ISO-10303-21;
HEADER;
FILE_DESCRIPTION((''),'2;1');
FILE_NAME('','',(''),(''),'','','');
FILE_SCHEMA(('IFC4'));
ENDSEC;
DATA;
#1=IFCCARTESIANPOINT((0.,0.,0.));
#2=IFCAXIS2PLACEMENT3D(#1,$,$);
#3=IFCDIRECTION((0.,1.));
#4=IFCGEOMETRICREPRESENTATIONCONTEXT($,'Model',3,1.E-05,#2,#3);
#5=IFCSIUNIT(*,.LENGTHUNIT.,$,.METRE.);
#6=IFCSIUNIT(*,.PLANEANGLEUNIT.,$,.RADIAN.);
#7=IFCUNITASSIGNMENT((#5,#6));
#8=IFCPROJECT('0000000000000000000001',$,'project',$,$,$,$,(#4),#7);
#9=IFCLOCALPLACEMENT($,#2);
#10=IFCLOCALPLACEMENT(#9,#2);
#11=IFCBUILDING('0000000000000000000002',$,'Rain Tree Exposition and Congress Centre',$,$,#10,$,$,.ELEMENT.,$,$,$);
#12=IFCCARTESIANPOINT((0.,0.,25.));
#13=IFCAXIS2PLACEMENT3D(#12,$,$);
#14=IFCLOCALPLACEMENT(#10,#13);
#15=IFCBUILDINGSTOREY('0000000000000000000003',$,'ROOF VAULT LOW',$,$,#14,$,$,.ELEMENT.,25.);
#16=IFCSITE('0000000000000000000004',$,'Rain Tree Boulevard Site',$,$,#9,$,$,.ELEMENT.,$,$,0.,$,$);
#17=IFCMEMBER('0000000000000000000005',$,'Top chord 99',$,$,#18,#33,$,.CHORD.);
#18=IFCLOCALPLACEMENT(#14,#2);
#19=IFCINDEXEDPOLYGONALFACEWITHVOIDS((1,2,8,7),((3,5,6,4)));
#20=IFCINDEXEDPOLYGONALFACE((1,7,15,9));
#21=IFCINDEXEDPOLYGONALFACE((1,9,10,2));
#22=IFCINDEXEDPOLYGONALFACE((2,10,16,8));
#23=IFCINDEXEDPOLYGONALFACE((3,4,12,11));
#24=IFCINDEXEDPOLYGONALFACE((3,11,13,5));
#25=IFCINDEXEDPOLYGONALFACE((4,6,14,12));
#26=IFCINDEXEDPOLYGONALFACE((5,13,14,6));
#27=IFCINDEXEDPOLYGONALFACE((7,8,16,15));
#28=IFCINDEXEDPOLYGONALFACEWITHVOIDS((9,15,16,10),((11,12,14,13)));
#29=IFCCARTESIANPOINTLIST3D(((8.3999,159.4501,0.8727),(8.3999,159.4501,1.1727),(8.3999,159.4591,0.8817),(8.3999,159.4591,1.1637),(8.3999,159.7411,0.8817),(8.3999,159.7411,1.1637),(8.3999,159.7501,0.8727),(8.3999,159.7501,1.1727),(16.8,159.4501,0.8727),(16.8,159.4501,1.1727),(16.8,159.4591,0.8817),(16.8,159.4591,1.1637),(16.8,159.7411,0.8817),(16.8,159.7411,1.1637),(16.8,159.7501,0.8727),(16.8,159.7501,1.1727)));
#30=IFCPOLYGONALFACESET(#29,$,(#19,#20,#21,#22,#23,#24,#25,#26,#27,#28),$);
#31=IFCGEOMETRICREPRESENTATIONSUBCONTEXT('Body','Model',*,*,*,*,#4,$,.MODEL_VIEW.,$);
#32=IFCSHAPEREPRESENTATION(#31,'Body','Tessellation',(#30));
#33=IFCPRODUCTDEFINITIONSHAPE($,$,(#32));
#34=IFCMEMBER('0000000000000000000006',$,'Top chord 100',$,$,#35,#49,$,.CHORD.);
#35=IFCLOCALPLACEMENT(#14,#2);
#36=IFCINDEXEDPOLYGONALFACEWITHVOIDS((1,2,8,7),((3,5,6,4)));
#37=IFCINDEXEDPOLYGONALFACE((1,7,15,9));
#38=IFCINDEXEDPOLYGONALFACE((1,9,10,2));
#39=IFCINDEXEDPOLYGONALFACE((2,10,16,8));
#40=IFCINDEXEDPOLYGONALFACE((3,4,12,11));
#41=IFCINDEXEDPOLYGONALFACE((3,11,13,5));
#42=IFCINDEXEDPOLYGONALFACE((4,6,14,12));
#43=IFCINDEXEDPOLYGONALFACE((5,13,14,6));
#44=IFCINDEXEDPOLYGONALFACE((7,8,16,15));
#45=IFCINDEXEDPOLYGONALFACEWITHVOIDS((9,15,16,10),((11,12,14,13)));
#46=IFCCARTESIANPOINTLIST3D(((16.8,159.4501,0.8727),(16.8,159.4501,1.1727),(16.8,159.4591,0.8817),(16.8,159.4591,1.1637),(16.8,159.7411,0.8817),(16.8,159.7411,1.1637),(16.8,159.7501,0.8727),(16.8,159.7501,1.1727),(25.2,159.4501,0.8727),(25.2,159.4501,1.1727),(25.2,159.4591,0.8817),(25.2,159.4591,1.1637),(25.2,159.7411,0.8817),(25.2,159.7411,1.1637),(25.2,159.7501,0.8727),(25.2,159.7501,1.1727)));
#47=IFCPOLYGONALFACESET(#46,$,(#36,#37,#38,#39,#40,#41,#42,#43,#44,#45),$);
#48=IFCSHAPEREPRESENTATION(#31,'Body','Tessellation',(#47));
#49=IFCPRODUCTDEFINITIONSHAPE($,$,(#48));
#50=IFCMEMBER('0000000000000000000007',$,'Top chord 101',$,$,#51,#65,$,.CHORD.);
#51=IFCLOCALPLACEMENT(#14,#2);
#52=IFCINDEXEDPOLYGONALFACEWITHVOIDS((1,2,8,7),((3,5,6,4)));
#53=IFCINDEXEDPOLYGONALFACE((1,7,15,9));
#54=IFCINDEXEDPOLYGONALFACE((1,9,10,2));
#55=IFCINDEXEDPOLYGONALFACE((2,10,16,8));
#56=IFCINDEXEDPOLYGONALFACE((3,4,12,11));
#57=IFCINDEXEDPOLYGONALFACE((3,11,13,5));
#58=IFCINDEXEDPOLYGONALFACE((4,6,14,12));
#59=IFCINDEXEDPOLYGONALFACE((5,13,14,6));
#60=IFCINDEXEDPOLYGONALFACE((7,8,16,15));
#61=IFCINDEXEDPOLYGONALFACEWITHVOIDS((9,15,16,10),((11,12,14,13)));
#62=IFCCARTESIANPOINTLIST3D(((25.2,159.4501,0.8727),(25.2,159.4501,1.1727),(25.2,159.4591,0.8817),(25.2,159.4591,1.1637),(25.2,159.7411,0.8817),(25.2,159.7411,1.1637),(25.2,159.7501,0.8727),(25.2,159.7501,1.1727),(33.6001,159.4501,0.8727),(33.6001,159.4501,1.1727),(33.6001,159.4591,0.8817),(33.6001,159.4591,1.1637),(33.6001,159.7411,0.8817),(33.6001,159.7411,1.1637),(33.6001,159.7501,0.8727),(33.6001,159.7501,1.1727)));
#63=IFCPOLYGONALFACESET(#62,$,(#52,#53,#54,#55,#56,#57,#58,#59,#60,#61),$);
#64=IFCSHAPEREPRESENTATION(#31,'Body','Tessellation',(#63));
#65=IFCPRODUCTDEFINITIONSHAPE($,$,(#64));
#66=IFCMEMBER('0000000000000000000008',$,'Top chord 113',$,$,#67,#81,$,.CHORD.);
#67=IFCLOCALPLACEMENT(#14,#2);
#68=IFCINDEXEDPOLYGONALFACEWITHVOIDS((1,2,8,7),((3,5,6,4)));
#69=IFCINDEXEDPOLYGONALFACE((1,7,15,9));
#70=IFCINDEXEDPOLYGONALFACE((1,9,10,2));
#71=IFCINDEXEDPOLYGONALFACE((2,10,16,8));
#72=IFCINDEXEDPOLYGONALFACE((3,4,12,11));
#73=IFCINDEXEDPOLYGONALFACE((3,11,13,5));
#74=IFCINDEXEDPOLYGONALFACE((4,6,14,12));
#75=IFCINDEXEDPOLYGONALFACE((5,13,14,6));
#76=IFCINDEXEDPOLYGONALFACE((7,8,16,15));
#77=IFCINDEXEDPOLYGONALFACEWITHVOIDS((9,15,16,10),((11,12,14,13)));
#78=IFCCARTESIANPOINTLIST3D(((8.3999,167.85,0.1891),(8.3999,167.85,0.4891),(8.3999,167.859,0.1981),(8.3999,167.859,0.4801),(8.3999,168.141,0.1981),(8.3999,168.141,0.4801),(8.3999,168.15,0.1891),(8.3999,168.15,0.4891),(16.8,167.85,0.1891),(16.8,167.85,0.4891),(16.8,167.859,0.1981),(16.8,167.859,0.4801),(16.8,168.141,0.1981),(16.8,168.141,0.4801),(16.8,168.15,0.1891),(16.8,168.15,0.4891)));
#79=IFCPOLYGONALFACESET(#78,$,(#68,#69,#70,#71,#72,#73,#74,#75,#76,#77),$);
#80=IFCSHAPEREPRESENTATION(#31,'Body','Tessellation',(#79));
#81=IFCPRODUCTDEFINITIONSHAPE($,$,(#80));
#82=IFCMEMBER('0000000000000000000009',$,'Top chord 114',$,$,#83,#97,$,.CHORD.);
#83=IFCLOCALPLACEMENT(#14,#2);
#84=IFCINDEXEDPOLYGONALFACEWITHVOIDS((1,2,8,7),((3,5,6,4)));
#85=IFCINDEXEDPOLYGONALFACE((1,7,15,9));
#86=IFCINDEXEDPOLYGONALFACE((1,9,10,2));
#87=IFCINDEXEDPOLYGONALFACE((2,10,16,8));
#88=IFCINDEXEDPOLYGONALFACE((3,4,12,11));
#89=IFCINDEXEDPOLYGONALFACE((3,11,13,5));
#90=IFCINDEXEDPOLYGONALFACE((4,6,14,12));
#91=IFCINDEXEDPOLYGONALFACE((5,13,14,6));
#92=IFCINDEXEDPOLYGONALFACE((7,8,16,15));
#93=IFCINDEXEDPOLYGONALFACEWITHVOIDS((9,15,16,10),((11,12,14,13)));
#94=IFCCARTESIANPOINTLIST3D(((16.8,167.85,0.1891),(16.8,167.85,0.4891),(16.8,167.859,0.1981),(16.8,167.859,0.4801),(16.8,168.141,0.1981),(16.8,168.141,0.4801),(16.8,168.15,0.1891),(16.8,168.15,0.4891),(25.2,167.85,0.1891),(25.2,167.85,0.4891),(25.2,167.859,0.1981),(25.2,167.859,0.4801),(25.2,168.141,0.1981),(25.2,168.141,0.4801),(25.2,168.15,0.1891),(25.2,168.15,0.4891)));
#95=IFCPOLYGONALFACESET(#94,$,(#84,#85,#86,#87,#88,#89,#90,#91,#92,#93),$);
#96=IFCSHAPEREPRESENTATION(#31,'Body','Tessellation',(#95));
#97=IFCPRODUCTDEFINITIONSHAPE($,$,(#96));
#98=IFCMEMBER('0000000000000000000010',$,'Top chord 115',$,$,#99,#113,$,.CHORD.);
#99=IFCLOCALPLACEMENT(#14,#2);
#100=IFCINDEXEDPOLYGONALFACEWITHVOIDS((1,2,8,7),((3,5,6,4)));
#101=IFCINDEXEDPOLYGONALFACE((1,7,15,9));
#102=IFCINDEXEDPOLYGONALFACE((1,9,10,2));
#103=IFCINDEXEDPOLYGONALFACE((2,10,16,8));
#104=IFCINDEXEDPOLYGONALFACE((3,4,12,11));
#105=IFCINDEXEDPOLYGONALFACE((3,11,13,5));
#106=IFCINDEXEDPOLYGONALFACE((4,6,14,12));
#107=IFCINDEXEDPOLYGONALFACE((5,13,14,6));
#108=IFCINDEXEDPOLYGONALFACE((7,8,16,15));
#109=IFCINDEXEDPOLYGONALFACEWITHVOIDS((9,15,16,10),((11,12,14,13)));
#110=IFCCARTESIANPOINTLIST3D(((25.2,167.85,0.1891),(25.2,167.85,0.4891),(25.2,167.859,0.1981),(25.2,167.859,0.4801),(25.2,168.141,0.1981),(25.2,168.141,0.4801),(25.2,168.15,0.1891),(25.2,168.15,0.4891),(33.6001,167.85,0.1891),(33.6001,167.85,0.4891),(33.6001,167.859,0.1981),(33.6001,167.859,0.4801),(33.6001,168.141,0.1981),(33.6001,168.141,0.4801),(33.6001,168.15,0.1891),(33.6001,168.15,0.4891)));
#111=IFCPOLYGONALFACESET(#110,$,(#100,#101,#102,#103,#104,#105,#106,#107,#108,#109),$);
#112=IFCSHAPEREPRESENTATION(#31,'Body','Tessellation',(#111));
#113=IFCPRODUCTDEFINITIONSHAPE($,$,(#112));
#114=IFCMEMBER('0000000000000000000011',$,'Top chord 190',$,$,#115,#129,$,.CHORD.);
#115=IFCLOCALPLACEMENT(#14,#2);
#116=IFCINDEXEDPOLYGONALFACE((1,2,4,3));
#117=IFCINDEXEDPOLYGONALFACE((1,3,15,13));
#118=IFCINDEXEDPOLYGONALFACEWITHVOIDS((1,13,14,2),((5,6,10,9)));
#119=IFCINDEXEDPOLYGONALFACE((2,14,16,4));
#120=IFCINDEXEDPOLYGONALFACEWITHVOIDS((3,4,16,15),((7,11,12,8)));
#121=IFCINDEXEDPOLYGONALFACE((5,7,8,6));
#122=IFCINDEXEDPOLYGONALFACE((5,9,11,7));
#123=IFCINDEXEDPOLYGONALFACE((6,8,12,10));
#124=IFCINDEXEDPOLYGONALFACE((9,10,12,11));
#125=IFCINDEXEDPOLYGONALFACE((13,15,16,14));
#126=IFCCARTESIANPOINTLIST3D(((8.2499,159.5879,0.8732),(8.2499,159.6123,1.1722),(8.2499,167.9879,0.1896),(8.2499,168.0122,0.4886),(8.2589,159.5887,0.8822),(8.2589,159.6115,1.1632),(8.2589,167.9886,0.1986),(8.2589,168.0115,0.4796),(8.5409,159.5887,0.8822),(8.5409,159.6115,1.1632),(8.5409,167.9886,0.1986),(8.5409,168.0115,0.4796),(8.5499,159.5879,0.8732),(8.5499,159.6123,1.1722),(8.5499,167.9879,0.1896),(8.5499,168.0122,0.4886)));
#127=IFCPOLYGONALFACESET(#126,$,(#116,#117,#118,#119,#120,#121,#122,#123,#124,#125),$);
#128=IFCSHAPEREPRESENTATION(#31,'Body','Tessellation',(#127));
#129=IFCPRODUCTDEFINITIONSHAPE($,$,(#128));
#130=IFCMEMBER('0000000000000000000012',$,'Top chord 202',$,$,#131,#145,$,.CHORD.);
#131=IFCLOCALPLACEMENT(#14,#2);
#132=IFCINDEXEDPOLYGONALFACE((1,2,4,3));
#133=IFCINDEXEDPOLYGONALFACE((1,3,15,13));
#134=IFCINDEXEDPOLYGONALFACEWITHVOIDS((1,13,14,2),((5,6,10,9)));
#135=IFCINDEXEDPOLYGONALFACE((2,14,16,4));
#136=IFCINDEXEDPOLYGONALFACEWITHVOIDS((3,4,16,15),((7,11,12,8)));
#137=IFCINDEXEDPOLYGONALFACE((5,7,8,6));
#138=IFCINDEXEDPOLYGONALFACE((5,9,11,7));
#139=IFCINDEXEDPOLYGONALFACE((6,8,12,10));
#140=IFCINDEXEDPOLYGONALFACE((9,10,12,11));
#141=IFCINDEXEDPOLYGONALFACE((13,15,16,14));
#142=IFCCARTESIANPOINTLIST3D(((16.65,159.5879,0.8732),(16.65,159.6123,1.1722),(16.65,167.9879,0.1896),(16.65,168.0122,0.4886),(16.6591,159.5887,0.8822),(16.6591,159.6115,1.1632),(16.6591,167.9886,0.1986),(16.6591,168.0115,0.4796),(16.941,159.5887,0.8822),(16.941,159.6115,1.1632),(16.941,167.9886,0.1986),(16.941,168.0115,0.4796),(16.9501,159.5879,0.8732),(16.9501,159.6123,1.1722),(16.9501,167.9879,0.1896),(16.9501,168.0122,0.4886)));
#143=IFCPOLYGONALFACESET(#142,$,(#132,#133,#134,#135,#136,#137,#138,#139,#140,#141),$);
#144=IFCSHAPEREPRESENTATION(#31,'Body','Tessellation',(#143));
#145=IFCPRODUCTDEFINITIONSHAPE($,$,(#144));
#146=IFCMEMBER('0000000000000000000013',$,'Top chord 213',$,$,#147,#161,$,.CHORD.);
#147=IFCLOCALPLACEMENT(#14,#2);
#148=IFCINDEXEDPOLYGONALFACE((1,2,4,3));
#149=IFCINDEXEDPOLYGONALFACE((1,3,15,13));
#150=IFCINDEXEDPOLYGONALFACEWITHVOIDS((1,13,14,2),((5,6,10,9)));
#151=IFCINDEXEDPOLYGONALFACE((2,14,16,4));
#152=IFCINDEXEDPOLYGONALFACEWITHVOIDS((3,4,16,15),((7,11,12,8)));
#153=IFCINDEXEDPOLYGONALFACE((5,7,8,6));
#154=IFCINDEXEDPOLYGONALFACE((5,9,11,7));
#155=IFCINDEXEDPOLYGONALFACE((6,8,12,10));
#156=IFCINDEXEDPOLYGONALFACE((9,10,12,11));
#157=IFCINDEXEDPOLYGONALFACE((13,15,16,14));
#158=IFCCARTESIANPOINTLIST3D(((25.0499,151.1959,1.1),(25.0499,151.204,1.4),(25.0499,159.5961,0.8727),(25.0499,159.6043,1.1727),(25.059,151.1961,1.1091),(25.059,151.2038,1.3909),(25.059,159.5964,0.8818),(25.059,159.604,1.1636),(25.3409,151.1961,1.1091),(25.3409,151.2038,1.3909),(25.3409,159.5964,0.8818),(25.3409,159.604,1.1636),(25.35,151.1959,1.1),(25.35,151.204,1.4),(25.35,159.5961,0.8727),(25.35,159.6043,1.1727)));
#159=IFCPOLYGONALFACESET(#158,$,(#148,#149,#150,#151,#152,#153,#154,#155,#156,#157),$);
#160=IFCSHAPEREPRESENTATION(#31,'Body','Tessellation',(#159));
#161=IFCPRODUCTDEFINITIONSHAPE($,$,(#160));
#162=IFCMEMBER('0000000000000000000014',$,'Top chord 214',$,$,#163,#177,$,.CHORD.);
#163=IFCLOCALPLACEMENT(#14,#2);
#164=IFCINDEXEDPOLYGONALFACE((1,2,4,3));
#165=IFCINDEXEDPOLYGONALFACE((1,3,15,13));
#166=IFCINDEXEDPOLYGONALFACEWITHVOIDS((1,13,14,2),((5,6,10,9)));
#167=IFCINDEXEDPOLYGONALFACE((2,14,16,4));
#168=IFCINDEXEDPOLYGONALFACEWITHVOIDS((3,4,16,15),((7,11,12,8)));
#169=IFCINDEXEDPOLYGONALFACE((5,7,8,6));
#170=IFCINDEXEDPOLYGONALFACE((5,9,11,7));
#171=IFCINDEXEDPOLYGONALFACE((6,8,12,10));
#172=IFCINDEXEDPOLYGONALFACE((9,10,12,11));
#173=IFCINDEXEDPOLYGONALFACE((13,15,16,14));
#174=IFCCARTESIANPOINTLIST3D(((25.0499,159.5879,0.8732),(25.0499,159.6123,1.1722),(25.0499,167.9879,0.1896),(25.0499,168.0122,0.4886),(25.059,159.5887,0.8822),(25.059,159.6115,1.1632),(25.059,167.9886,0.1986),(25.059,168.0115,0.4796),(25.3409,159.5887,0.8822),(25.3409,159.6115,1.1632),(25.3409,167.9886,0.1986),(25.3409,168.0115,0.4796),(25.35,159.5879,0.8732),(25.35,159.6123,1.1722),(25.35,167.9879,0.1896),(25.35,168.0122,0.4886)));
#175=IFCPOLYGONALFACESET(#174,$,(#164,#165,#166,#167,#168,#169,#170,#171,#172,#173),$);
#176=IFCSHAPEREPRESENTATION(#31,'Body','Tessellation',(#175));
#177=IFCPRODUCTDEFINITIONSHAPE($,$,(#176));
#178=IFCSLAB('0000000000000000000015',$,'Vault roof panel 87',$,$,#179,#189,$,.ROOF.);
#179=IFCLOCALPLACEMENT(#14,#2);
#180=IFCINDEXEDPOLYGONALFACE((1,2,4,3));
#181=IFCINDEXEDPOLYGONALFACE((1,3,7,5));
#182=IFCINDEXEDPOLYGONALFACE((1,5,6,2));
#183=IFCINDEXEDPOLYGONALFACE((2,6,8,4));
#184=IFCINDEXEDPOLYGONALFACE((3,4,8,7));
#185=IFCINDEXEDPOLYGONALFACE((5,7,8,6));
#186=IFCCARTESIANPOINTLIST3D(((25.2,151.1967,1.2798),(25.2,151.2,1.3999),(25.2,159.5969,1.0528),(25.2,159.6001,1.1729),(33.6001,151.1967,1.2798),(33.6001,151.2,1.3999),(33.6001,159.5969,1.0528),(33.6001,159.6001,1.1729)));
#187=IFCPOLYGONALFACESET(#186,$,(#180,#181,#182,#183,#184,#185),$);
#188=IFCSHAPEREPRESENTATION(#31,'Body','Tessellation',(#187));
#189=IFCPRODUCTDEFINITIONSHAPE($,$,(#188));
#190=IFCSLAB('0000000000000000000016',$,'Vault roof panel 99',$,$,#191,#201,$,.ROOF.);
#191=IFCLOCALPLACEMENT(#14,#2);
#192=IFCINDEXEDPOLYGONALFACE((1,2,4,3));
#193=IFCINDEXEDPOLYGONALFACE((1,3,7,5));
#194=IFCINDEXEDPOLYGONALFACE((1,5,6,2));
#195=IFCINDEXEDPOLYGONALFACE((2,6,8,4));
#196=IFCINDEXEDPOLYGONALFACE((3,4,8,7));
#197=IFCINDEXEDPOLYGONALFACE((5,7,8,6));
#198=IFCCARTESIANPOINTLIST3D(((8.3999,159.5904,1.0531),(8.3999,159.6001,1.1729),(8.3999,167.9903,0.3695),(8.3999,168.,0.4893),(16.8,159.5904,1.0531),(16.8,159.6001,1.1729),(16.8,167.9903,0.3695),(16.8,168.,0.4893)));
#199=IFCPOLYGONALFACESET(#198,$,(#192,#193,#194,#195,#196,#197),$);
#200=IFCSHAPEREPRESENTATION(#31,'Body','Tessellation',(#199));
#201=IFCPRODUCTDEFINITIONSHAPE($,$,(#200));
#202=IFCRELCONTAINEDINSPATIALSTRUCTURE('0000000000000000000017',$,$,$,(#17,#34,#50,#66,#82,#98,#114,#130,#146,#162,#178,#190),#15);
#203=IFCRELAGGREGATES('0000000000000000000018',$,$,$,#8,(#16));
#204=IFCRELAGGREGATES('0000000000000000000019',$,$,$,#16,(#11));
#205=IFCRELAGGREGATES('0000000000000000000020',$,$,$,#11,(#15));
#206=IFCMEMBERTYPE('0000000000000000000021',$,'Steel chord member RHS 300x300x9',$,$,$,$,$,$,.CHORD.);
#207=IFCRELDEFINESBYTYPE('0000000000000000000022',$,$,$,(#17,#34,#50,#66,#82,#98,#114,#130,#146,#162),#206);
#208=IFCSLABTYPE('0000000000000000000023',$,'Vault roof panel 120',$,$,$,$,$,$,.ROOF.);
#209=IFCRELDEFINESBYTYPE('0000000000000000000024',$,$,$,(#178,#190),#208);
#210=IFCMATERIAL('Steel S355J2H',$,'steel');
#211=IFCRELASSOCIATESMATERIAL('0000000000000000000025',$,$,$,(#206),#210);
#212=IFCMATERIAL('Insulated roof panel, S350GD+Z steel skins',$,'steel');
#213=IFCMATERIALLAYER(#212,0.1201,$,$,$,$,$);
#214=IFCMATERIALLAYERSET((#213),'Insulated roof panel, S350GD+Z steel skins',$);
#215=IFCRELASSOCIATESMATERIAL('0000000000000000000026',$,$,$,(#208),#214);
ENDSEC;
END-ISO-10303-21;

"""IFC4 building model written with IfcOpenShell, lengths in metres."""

from ifc_helpers import new_model, si_unit, direction, frame, origin, origin_2d, place, context, subcontext, project, spatial, polyline, hollow_rectangle, outline, extrude, material, layer, layer_set, material_profile, profile_set, type_object, element, save


model = new_model("IFC4")

# Units and contexts
model_context = context("Model", 3, precision=1e-05, world=origin(), true_north=direction((0.0, 1.0)))
body_context = subcontext(model_context, "Body", "Model", "MODEL_VIEW")
ifc_project = project(units=[si_unit("LENGTHUNIT", "METRE"), si_unit("PLANEANGLEUNIT", "RADIAN")], contexts=[model_context])

# Site, building, storey
site_placement = place(None, origin())
site = spatial("IfcSite", under=ifc_project, at=site_placement, Name="Rain Tree Boulevard Site", CompositionType="ELEMENT", RefElevation=0.0)
building_placement = place(site_placement, origin())
building = spatial("IfcBuilding", under=site, at=building_placement, Name="Rain Tree Exposition and Congress Centre", CompositionType="ELEMENT")
storey_placement = place(building_placement, frame((0.0, 0.0, 25.0)))
storey = spatial("IfcBuildingStorey", under=building, at=storey_placement, Name="ROOF VAULT LOW", CompositionType="ELEMENT", Elevation=25.0)

# Members
ifc_material_1 = material(Name="Steel S355J2H", Category="steel")
ifc_material_profile_1 = material_profile(ifc_material_1, hollow_rectangle(XDim=0.3, YDim=0.3, WallThickness=0.009, at=origin_2d()), Name="RHS 300x300x9")
ifc_profile_set_1 = profile_set([ifc_material_profile_1], Name="Steel S355J2H")
member_type = type_object("IfcMemberType", Name="Steel chord member RHS 300x300x9", PredefinedType="CHORD", material=ifc_profile_set_1)
member_1_placement = place(storey_placement, frame((8.3999, 159.6001, 1.0227), z_axis=(1.0, 0.0, 0.0), x_axis=(0.0, 1.0, 0.0)))
element("IfcMember", 1, at=member_1_placement, inside=storey, type_object=member_type, Name="Top chord 99", PredefinedType="CHORD", context=body_context, shape_type="SweptSolid", body=[
    extrude(hollow_rectangle(XDim=0.3, YDim=0.3, WallThickness=0.009, at=origin_2d()), origin(), (0.0, 0.0, 1.0), 8.4001),
])
member_2_placement = place(storey_placement, frame((16.8, 159.6001, 1.0227), z_axis=(1.0, 0.0, 0.0), x_axis=(0.0, 1.0, 0.0)))
element("IfcMember", 2, at=member_2_placement, inside=storey, type_object=member_type, Name="Top chord 100", PredefinedType="CHORD", context=body_context, shape_type="SweptSolid", body=[
    extrude(hollow_rectangle(XDim=0.3, YDim=0.3, WallThickness=0.009, at=origin_2d()), origin(), (0.0, 0.0, 1.0), 8.3999),
])
for number, where, z_axis, x_axis, name in (
    (3, (25.2, 159.6001, 1.0227), (1.0, 0.0, 0.0), (0.0, 1.0, 0.0), "Top chord 101"),
    (4, (8.3999, 168.0, 0.3391), (1.0, 0.0, 0.0), (0.0, 1.0, 0.0), "Top chord 113"),
):
    element("IfcMember", number, at=place(storey_placement, frame(where, z_axis=z_axis, x_axis=x_axis)), inside=storey, type_object=member_type, Name=name, PredefinedType="CHORD", context=body_context, shape_type="SweptSolid", body=[
        extrude(hollow_rectangle(XDim=0.3, YDim=0.3, WallThickness=0.009, at=origin_2d()), origin(), (0.0, 0.0, 1.0), 8.4001),
    ])
member_3_placement = place(storey_placement, frame((16.8, 168.0, 0.3391), z_axis=(1.0, 0.0, 0.0), x_axis=(0.0, 1.0, 0.0)))
element("IfcMember", 5, at=member_3_placement, inside=storey, type_object=member_type, Name="Top chord 114", PredefinedType="CHORD", context=body_context, shape_type="SweptSolid", body=[
    extrude(hollow_rectangle(XDim=0.3, YDim=0.3, WallThickness=0.009, at=origin_2d()), origin(), (0.0, 0.0, 1.0), 8.3999),
])
member_4_placement = place(storey_placement, frame((25.2, 168.0, 0.3391), z_axis=(1.0, 0.0, 0.0), x_axis=(0.0, 1.0, 0.0)))
element("IfcMember", 6, at=member_4_placement, inside=storey, type_object=member_type, Name="Top chord 115", PredefinedType="CHORD", context=body_context, shape_type="SweptSolid", body=[
    extrude(hollow_rectangle(XDim=0.3, YDim=0.3, WallThickness=0.009, at=origin_2d()), origin(), (0.0, 0.0, 1.0), 8.4001),
])
for number, where, z_axis, x_axis, name in (
    (7, (8.3999, 159.6001, 1.0227), (0.0, 0.996705, -0.081113), (-1.0, 0.0, 0.0), "Top chord 190"),
    (8, (16.8, 159.6001, 1.0227), (0.0, 0.996705, -0.081113), (-1.0, 0.0, 0.0), "Top chord 202"),
):
    element("IfcMember", number, at=place(storey_placement, frame(where, z_axis=z_axis, x_axis=x_axis)), inside=storey, type_object=member_type, Name=name, PredefinedType="CHORD", context=body_context, shape_type="SweptSolid", body=[
        extrude(hollow_rectangle(XDim=0.3, YDim=0.3, WallThickness=0.009, at=origin_2d()), origin(), (0.0, 0.0, 1.0), 8.4277),
    ])
member_5_placement = place(storey_placement, frame((25.2, 151.2, 1.25), z_axis=(0.0, 0.999634, -0.027049), x_axis=(-1.0, 0.0, 0.0)))
element("IfcMember", 9, at=member_5_placement, inside=storey, type_object=member_type, Name="Top chord 213", PredefinedType="CHORD", context=body_context, shape_type="SweptSolid", body=[
    extrude(hollow_rectangle(XDim=0.3, YDim=0.3, WallThickness=0.009, at=origin_2d()), origin(), (0.0, 0.0, 1.0), 8.4033),
])
member_6_placement = place(storey_placement, frame((25.2, 159.6001, 1.0227), z_axis=(0.0, 0.996705, -0.081113), x_axis=(-1.0, 0.0, 0.0)))
element("IfcMember", 10, at=member_6_placement, inside=storey, type_object=member_type, Name="Top chord 214", PredefinedType="CHORD", context=body_context, shape_type="SweptSolid", body=[
    extrude(hollow_rectangle(XDim=0.3, YDim=0.3, WallThickness=0.009, at=origin_2d()), origin(), (0.0, 0.0, 1.0), 8.4277),
])

# Slabs
ifc_material_2 = material(Name="Insulated roof panel, S350GD+Z steel skins", Category="steel")
ifc_layer_1 = layer(ifc_material_2, 0.1201)
ifc_layer_set_1 = layer_set([ifc_layer_1], Name="Insulated roof panel, S350GD+Z steel skins")
slab_type_1 = type_object("IfcSlabType", Name="Vault roof panel 120", PredefinedType="ROOF", material=ifc_layer_set_1)
slab_1_placement = place(storey_placement, frame((25.2, 151.2, 1.3999), z_axis=(0.0, 0.02702, 0.999635), x_axis=(1.0, 0.0, 0.0)))
element("IfcSlab", 11, at=slab_1_placement, inside=storey, type_object=slab_type_1, Name="Vault roof panel 87", PredefinedType="ROOF", context=body_context, shape_type="SweptSolid", body=[
    extrude(outline(polyline([(0.0, 0.0), (8.4001, 0.0), (8.4001, 8.4032), (0.0, 8.4032), (0.0, 0.0)])), origin(), (0.0, 0.0, -1.0), 0.1201),
])
for number, where, z_axis, x_axis, name in (
    (12, (8.3999, 159.6001, 1.1729), (0.0, 0.081113, 0.996705), (1.0, 0.0, 0.0), "Vault roof panel 99"),
):
    element("IfcSlab", number, at=place(storey_placement, frame(where, z_axis=z_axis, x_axis=x_axis)), inside=storey, type_object=slab_type_1, Name=name, PredefinedType="ROOF", context=body_context, shape_type="SweptSolid", body=[
        extrude(outline(polyline([(0.0, 0.0), (8.4001, 0.0), (8.4001, 8.4277), (0.0, 8.4277), (0.0, 0.0)])), origin(), (0.0, 0.0, -1.0), 0.1201),
    ])

save(model, "model.ifc")
